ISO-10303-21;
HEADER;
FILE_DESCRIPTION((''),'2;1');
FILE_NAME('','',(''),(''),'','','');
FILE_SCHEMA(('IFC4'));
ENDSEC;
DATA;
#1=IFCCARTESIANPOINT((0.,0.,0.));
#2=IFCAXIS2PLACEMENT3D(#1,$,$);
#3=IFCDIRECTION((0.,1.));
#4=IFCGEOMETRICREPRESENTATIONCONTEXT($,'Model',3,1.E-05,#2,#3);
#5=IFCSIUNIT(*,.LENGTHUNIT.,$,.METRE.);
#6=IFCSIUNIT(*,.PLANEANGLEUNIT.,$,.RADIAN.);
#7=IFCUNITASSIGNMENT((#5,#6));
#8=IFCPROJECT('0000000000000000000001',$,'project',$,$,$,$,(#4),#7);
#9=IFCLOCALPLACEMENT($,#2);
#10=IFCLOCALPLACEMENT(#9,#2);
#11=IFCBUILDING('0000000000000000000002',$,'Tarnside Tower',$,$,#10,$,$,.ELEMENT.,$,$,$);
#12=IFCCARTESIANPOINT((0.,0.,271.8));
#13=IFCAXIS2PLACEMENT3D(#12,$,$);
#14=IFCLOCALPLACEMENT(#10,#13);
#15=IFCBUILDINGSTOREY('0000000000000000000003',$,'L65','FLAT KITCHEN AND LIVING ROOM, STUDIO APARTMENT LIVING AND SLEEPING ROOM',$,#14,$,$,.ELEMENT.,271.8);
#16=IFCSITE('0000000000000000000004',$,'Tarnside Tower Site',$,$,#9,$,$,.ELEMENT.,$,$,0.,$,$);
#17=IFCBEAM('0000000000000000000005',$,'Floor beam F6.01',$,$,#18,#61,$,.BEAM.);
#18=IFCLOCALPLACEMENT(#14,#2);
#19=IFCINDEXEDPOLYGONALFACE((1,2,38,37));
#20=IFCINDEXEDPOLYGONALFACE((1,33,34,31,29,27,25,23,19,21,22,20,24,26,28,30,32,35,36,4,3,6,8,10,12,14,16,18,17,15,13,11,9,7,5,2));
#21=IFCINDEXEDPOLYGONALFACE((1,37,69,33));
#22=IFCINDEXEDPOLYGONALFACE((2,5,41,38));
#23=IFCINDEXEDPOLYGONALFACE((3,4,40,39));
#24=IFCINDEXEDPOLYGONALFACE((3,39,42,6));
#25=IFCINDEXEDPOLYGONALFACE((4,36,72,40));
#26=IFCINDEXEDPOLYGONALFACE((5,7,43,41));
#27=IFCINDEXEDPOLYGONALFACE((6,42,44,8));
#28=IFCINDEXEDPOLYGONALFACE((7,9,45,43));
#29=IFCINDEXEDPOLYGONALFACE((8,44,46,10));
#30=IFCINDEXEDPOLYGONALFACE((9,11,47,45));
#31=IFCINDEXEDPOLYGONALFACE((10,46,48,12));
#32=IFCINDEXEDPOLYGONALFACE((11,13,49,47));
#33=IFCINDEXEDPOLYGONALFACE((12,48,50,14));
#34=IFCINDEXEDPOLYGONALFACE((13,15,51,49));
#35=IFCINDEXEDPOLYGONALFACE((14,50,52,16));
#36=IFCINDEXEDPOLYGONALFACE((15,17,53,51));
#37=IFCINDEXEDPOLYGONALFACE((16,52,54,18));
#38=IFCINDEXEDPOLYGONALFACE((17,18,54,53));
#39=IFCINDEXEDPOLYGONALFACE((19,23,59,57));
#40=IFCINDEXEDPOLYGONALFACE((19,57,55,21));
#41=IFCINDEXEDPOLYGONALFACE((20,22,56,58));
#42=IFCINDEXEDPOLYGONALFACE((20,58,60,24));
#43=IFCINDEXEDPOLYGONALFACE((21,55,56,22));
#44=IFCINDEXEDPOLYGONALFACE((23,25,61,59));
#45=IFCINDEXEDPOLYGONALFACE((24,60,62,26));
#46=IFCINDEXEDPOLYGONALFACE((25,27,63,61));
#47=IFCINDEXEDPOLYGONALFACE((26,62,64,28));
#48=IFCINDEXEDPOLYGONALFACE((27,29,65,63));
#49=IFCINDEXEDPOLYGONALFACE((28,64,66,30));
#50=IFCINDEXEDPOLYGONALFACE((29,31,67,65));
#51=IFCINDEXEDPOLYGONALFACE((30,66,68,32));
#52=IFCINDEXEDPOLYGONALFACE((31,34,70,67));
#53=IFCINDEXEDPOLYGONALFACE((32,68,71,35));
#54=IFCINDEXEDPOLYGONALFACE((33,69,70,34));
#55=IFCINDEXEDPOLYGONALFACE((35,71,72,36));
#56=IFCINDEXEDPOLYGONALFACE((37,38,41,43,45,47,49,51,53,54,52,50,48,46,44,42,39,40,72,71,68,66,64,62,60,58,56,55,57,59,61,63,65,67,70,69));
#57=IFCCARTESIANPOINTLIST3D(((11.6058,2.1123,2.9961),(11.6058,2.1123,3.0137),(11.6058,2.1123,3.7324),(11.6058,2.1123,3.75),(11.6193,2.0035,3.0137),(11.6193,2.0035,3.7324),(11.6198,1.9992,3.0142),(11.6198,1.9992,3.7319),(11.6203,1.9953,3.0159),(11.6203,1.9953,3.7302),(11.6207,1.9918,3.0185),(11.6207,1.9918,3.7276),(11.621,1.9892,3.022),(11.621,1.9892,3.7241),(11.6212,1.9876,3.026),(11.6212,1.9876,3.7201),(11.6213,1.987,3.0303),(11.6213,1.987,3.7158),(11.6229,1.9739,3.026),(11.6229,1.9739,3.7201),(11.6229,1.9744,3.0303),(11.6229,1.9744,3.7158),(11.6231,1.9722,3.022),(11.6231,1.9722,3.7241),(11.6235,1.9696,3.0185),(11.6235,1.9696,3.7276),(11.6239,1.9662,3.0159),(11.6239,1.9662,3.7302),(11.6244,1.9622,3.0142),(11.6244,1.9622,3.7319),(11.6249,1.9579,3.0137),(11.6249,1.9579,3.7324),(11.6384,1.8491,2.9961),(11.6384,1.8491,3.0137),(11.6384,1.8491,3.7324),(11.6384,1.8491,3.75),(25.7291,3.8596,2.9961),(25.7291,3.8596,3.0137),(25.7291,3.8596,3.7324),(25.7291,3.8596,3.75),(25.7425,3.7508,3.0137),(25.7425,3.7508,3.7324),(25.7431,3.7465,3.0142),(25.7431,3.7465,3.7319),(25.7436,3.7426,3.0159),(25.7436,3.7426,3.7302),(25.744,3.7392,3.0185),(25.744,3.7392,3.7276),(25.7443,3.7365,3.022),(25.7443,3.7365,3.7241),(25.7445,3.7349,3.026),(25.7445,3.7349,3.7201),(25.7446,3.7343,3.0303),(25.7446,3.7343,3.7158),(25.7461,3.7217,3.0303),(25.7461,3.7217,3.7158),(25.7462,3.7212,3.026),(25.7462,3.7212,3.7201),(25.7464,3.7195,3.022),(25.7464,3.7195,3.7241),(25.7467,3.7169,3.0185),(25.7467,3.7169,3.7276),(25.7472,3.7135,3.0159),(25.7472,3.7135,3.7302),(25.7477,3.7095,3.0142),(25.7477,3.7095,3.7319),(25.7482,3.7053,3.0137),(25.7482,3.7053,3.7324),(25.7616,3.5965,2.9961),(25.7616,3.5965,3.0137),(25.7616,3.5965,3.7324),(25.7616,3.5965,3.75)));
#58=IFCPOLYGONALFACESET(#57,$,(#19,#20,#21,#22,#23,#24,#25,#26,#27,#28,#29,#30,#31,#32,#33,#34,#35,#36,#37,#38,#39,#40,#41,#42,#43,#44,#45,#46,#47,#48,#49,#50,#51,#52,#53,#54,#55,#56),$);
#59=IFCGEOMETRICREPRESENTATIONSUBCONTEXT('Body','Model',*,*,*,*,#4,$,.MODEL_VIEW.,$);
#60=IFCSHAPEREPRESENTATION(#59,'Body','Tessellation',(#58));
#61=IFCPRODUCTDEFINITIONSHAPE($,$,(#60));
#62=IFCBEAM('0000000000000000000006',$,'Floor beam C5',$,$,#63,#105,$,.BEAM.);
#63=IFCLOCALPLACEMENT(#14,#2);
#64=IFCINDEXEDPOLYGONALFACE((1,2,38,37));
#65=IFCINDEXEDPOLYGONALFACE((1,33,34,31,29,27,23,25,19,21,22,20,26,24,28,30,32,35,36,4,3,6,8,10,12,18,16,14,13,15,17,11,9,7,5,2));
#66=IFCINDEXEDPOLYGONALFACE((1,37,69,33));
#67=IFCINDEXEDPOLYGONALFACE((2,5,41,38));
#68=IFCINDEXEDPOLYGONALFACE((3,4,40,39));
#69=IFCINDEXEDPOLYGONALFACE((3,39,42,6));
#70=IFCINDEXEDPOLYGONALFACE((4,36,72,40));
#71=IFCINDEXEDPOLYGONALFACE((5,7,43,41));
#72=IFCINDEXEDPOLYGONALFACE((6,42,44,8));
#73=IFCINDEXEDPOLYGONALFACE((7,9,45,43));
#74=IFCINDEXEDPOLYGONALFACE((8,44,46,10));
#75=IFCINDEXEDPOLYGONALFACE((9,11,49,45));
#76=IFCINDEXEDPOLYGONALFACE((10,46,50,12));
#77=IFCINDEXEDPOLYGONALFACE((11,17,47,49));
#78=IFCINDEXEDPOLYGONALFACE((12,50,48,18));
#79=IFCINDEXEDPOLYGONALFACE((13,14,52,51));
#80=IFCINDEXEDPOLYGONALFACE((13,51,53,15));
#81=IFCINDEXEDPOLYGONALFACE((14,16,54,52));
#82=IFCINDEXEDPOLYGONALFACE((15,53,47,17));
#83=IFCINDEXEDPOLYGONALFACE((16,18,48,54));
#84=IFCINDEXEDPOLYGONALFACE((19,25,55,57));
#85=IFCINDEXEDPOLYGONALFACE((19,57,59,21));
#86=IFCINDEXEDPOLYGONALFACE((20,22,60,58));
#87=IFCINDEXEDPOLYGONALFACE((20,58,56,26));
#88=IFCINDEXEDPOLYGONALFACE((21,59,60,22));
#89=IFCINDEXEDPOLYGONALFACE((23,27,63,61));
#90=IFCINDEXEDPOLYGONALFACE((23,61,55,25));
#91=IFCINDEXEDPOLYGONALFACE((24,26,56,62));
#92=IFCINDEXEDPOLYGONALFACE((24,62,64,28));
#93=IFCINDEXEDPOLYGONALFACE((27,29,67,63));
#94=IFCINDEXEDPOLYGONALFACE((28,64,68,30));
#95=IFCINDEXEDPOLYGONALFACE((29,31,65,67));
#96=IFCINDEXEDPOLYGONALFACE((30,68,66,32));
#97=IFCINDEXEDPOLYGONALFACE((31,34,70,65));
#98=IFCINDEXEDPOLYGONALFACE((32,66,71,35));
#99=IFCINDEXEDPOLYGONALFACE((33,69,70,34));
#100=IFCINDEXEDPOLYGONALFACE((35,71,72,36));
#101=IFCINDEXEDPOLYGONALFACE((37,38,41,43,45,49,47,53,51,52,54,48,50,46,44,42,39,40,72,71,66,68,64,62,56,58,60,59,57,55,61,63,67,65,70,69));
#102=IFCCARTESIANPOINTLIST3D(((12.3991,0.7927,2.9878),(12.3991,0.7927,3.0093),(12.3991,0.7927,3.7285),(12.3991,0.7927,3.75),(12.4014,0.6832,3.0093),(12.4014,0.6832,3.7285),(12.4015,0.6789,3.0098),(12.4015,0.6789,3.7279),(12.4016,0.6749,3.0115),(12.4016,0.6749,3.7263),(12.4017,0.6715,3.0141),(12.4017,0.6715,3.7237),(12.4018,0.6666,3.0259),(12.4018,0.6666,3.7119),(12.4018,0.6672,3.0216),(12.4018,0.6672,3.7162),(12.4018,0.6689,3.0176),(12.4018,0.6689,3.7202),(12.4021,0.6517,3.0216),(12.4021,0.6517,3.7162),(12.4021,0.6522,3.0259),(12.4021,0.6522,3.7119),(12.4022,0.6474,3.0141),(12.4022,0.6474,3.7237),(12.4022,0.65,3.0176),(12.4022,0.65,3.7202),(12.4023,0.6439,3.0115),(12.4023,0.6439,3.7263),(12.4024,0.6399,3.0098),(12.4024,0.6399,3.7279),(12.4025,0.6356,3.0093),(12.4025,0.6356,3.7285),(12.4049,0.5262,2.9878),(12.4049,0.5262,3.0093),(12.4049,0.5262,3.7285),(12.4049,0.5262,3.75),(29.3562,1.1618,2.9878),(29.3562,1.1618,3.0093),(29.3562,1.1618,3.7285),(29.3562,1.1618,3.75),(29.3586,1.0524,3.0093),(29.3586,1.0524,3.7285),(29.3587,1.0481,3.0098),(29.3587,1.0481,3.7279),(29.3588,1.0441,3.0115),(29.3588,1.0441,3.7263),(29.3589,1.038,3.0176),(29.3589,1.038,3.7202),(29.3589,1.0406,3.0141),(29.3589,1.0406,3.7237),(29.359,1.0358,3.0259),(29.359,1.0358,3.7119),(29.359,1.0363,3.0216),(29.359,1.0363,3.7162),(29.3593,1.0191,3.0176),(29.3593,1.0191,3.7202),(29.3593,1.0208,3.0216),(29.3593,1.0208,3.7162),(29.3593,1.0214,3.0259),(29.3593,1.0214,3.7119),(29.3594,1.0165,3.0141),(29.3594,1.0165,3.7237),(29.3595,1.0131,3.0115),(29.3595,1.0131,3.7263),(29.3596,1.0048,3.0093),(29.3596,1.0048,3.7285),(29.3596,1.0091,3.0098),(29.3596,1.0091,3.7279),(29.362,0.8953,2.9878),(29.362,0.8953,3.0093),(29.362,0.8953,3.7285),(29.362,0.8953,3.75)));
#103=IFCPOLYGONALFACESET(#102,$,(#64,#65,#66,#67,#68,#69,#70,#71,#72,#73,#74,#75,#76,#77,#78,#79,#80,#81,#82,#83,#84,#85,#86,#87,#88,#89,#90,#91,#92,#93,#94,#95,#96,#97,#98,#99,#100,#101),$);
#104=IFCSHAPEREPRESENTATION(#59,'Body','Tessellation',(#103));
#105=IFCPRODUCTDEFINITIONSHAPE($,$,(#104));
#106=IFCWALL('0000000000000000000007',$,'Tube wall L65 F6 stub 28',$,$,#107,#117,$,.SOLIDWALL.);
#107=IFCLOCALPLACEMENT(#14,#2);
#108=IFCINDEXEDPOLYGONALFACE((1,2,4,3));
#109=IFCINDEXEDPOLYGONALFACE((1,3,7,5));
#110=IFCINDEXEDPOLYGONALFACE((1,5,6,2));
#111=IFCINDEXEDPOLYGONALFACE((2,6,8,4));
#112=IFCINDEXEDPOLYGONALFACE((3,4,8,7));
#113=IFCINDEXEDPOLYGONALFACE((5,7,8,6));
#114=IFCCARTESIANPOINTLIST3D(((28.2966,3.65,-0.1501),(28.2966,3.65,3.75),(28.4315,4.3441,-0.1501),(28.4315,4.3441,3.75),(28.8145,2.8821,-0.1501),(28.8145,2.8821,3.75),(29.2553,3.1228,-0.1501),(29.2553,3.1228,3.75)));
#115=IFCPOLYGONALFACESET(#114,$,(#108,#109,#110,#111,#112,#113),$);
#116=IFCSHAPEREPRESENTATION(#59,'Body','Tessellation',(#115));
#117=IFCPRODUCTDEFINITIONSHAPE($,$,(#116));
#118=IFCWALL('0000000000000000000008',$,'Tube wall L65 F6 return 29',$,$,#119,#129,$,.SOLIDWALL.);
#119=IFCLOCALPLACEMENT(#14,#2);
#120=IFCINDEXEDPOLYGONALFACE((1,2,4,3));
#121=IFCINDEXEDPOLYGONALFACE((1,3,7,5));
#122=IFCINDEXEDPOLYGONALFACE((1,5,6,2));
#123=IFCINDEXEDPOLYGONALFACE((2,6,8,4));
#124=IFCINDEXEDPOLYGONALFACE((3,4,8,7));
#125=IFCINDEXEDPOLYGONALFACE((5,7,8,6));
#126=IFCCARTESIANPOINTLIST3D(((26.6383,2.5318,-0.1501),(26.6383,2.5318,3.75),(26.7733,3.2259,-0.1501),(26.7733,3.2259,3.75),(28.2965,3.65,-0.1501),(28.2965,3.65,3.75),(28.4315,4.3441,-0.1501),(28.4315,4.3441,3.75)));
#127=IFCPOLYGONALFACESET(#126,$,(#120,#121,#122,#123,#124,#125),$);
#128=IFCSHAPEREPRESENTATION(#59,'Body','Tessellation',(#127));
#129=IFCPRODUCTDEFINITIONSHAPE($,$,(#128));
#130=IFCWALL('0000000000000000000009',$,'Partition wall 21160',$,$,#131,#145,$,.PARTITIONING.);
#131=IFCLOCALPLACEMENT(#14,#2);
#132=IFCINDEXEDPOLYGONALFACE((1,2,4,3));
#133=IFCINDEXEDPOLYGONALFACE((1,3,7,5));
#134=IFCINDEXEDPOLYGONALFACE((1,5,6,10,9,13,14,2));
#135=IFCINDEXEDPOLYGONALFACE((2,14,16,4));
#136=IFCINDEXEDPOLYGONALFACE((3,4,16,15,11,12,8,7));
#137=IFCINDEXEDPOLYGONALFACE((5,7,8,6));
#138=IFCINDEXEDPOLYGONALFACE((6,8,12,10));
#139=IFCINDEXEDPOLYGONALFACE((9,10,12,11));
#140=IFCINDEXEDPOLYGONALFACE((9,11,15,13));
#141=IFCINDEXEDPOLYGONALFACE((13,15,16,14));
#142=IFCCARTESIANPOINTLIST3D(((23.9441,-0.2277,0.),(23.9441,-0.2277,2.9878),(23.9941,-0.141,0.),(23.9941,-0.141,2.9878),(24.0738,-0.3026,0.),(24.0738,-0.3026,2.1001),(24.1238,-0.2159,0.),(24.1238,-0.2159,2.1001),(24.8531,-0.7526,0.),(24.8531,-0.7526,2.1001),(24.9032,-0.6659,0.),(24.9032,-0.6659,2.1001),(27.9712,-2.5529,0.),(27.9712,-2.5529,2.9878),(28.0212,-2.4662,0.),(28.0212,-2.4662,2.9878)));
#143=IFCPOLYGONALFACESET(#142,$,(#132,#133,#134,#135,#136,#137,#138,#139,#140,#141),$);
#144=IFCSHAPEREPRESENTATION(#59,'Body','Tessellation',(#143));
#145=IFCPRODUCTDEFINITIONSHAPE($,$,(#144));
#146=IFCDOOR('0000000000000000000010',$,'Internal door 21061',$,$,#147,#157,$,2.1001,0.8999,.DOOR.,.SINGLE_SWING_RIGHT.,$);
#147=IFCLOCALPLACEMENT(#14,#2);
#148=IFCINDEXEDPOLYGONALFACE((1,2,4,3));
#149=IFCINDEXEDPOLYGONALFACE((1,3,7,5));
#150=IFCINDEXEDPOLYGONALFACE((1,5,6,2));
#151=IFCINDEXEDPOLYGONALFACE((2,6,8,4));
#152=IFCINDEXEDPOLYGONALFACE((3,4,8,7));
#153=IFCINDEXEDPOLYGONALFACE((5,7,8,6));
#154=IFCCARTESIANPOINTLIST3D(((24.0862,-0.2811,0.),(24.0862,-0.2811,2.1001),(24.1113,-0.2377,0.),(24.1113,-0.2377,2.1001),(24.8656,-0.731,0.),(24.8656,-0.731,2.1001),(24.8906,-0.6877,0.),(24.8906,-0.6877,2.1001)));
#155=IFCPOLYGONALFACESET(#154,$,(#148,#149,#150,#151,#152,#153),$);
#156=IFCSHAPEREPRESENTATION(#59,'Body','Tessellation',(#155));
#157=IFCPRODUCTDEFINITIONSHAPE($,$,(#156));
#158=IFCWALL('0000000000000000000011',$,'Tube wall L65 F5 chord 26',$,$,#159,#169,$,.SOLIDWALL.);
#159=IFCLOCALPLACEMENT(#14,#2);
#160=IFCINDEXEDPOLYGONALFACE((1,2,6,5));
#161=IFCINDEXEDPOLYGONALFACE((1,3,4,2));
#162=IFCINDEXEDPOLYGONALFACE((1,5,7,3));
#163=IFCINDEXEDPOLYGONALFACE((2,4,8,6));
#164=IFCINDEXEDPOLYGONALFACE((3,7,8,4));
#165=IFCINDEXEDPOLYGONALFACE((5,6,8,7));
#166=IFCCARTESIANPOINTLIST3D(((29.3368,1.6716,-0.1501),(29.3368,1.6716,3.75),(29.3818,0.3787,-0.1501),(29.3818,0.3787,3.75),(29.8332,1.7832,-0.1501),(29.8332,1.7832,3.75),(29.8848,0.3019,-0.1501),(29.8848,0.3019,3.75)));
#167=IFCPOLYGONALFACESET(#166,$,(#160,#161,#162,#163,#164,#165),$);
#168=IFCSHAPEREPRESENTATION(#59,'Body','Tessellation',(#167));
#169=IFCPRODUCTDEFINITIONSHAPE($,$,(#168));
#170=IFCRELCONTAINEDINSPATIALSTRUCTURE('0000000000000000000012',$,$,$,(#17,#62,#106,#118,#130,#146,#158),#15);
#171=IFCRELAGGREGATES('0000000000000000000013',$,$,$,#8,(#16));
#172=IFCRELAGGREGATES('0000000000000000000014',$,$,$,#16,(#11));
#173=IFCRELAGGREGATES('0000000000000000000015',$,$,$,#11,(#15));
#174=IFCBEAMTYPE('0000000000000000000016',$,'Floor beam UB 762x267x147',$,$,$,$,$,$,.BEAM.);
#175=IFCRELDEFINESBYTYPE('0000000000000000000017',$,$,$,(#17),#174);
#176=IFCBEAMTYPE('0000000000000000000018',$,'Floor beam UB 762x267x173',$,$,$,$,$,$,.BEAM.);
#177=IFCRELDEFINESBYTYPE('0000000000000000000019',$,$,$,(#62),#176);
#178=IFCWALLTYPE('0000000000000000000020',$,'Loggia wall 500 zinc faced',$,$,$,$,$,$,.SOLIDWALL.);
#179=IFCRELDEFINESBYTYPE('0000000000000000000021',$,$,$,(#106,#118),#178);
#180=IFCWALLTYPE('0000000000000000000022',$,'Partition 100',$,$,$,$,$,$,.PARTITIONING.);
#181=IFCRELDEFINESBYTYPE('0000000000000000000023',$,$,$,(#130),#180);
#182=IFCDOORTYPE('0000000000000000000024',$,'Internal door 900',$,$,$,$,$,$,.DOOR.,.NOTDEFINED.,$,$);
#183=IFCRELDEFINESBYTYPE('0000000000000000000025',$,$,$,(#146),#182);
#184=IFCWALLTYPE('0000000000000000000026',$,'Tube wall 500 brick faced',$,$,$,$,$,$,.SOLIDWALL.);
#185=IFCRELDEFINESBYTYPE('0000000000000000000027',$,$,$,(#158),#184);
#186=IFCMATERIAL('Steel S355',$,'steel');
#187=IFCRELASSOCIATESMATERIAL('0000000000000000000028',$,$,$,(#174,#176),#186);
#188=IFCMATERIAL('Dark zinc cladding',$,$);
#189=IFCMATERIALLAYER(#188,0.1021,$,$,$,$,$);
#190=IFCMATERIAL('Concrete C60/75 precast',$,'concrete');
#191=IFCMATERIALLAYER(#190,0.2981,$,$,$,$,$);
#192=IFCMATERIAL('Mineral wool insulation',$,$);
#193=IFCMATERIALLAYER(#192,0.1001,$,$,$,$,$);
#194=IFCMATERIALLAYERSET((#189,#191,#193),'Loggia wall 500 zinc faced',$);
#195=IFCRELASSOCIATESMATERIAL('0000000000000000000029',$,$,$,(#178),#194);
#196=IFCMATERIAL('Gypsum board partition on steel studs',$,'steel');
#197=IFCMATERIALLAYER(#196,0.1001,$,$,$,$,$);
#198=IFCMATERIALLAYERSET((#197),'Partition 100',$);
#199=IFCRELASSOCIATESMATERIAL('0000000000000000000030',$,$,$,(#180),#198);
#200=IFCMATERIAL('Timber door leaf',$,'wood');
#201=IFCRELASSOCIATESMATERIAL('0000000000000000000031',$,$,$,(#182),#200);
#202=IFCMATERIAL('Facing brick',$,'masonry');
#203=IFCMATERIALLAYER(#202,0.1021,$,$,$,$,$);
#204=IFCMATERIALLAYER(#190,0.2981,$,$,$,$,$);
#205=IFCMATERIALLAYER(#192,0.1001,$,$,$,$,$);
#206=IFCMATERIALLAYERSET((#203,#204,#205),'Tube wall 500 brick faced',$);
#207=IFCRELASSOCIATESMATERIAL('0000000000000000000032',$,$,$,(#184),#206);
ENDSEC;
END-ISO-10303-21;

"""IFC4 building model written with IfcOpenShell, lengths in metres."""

from ifc_helpers import new_model, si_unit, direction, frame, frame_2d, origin, origin_2d, place, context, subcontext, project, spatial, polyline, rectangle, i_section, outline, extrude, material, layer, layer_set, material_profile, profile_set, type_object, element, fill, save


model = new_model("IFC4")

# Units and contexts
model_context = context("Model", 3, precision=1e-05, world=origin(), true_north=direction((0.0, 1.0)))
body_context = subcontext(model_context, "Body", "Model", "MODEL_VIEW")
ifc_project = project(units=[si_unit("LENGTHUNIT", "METRE"), si_unit("PLANEANGLEUNIT", "RADIAN")], contexts=[model_context])

# Site, building, storey
site_placement = place(None, origin())
site = spatial("IfcSite", under=ifc_project, at=site_placement, Name="Tarnside Tower Site", CompositionType="ELEMENT", RefElevation=0.0)
building_placement = place(site_placement, origin())
building = spatial("IfcBuilding", under=site, at=building_placement, Name="Tarnside Tower", CompositionType="ELEMENT")
storey_placement = place(building_placement, frame((0.0, 0.0, 271.8)))
storey = spatial("IfcBuildingStorey", under=building, at=storey_placement, Name="L65", Description="FLAT KITCHEN AND LIVING ROOM, STUDIO APARTMENT LIVING AND SLEEPING ROOM", CompositionType="ELEMENT", Elevation=271.8)

# Beams
ifc_material_1 = material(Name="Steel S355", Category="steel")
ifc_material_profile_1 = material_profile(ifc_material_1, i_section(OverallWidth=0.2651, OverallDepth=0.7539, WebThickness=0.0127, FlangeThickness=0.0176, FilletRadius=0.0166, at=origin_2d()), Name="UB 762x267x147")
ifc_profile_set_1 = profile_set([ifc_material_profile_1], Name="Steel S355")
beam_type_1 = type_object("IfcBeamType", Name="Floor beam UB 762x267x147", PredefinedType="BEAM", material=ifc_profile_set_1)
beam_1_placement = place(storey_placement, frame((25.7454, 3.728, 3.373), z_axis=(-0.992434, -0.122783, 0.0), x_axis=(0.122783, -0.992434, 0.0)))
element("IfcBeam", 1, at=beam_1_placement, inside=storey, type_object=beam_type_1, Name="Floor beam F6.01", PredefinedType="BEAM", context=body_context, shape_type="SweptSolid", body=[
    extrude(i_section(OverallWidth=0.2651, OverallDepth=0.7539, WebThickness=0.0127, FlangeThickness=0.0176, FilletRadius=0.0166, at=origin_2d()), origin(), (0.0, 0.0, 1.0), 14.231),
])
ifc_material_profile_2 = material_profile(ifc_material_1, i_section(OverallWidth=0.2666, OverallDepth=0.7622, WebThickness=0.0144, FlangeThickness=0.0215, FilletRadius=0.0166, at=origin_2d()), Name="UB 762x267x173")
ifc_profile_set_2 = profile_set([ifc_material_profile_2], Name="Steel S355")
beam_type_2 = type_object("IfcBeamType", Name="Floor beam UB 762x267x173", PredefinedType="BEAM", material=ifc_profile_set_2)
beam_2_placement = place(storey_placement, frame((29.3591, 1.0286, 3.3689), z_axis=(-0.999763, -0.021764, 0.0), x_axis=(0.021764, -0.999763, 0.0)))
element("IfcBeam", 2, at=beam_2_placement, inside=storey, type_object=beam_type_2, Name="Floor beam C5", PredefinedType="BEAM", context=body_context, shape_type="SweptSolid", body=[
    extrude(i_section(OverallWidth=0.2666, OverallDepth=0.7622, WebThickness=0.0144, FlangeThickness=0.0215, FilletRadius=0.0166, at=origin_2d()), origin(), (0.0, 0.0, 1.0), 16.9612),
])

# Walls
ifc_material_2 = material(Name="Dark zinc cladding")
ifc_layer_1 = layer(ifc_material_2, 0.1021)
ifc_material_3 = material(Name="Concrete C60/75 precast", Category="concrete")
ifc_layer_2 = layer(ifc_material_3, 0.2981)
ifc_material_4 = material(Name="Mineral wool insulation")
ifc_layer_3 = layer(ifc_material_4, 0.1001)
ifc_layer_set_1 = layer_set([ifc_layer_1, ifc_layer_2, ifc_layer_3], Name="Loggia wall 500 zinc faced")
wall_type_1 = type_object("IfcWallType", Name="Loggia wall 500 zinc faced", PredefinedType="SOLIDWALL", material=ifc_layer_set_1)
wall_1_placement = place(storey_placement, frame((29.0349, 3.0024, -0.1501), z_axis=(0.0, 0.0, 1.0), x_axis=(-0.5592, 0.829033, 0.0)))
element("IfcWall", 3, at=wall_1_placement, inside=storey, type_object=wall_type_1, Name="Tube wall L65 F6 stub 28", PredefinedType="SOLIDWALL", context=body_context, shape_type="SweptSolid", body=[
    extrude(outline(polyline([(-0.0234, -0.25), (1.4497, -0.25), (0.9497, 0.25), (0.0234, 0.25), (-0.0234, -0.25)])), origin(), (0.0, 0.0, 1.0), 3.9001),
])
wall_2_placement = place(storey_placement, frame((28.364, 3.9971, -0.1501), z_axis=(0.0, 0.0, 1.0), x_axis=(-0.829109, -0.559087, 0.0)))
element("IfcWall", 4, at=wall_2_placement, inside=storey, type_object=wall_type_1, Name="Tube wall L65 F6 return 29", PredefinedType="SOLIDWALL", context=body_context, shape_type="SweptSolid", body=[
    extrude(outline(polyline([(-0.25, -0.25), (1.75, -0.25), (2.25, 0.25), (0.25, 0.25), (-0.25, -0.25)])), origin(), (0.0, 0.0, 1.0), 3.9001),
])

# Wall, opening, door
ifc_material_5 = material(Name="Gypsum board partition on steel studs", Category="steel")
ifc_layer_4 = layer(ifc_material_5, 0.1001)
ifc_layer_set_2 = layer_set([ifc_layer_4], Name="Partition 100")
wall_type_2 = type_object("IfcWallType", Name="Partition 100", PredefinedType="PARTITIONING", material=ifc_layer_set_2)
wall_3_placement = place(storey_placement, frame((23.969, -0.1843, 0.0), z_axis=(0.0, 0.0, 1.0), x_axis=(0.866012, -0.500024, 0.0)))
wall_3 = element("IfcWall", 5, at=wall_3_placement, inside=storey, type_object=wall_type_2, Name="Partition wall 21160", PredefinedType="PARTITIONING", context=body_context, shape_type="SweptSolid", body=[
    extrude(rectangle(XDim=4.6501, YDim=0.1001, at=frame_2d((2.3252, 0.0))), origin(), (0.0, 0.0, 1.0), 2.9878),
])
opening_1_placement = place(wall_3_placement, frame((0.1499, 0.0, 0.0)))
opening_1 = element("IfcOpeningElement", 6, at=opening_1_placement, cuts=wall_3, PredefinedType="OPENING", context=body_context, shape_type="SweptSolid", body=[
    extrude(rectangle(XDim=0.8999, YDim=2.1001, at=frame_2d((0.45, 1.05))), frame((0.0, 0.0601, 0.0), z_axis=(0.0, -1.0, 0.0), x_axis=(1.0, 0.0, 0.0)), (0.0, 0.0, 1.0), 0.1201),
])
ifc_material_6 = material(Name="Timber door leaf", Category="wood")
door_type_1 = type_object("IfcDoorType", Name="Internal door 900", OperationType="NOTDEFINED", PredefinedType="DOOR", material=ifc_material_6)
door_1_placement = place(opening_1_placement, origin())
door_1 = element("IfcDoor", 7, at=door_1_placement, inside=storey, type_object=door_type_1, Name="Internal door 21061", OperationType="SINGLE_SWING_RIGHT", OverallHeight=2.1001, OverallWidth=0.8999, PredefinedType="DOOR", context=body_context, shape_type="SweptSolid", body=[
    extrude(rectangle(XDim=0.8999, YDim=2.1001, at=frame_2d((0.45, 1.05))), frame((0.0, 0.0249, 0.0), z_axis=(0.0, -1.0, 0.0), x_axis=(1.0, 0.0, 0.0)), (0.0, 0.0, 1.0), 0.05),
])
fill(opening_1, door_1)

# Wall
ifc_material_7 = material(Name="Facing brick", Category="masonry")
ifc_layer_5 = layer(ifc_material_7, 0.1021)
ifc_layer_6 = layer(ifc_material_3, 0.2981)
ifc_layer_7 = layer(ifc_material_4, 0.1001)
ifc_layer_set_3 = layer_set([ifc_layer_5, ifc_layer_6, ifc_layer_7], Name="Tube wall 500 brick faced")
wall_type_3 = type_object("IfcWallType", Name="Tube wall 500 brick faced", PredefinedType="SOLIDWALL", material=ifc_layer_set_3)
wall_4_placement = place(storey_placement, frame((29.6333, 0.3403, -0.1501), z_axis=(0.0, 0.0, 1.0), x_axis=(-0.034826, 0.999393, 0.0)))
element("IfcWall", 8, at=wall_4_placement, inside=storey, type_object=wall_type_3, Name="Tube wall L65 F5 chord 26", PredefinedType="SOLIDWALL", context=body_context, shape_type="SweptSolid", body=[
    extrude(outline(polyline([(-0.0471, -0.25), (1.4351, -0.25), (1.3408, 0.25), (0.0471, 0.25), (-0.0471, -0.25)])), origin(), (0.0, 0.0, 1.0), 3.9001),
])

save(model, "model.ifc")
